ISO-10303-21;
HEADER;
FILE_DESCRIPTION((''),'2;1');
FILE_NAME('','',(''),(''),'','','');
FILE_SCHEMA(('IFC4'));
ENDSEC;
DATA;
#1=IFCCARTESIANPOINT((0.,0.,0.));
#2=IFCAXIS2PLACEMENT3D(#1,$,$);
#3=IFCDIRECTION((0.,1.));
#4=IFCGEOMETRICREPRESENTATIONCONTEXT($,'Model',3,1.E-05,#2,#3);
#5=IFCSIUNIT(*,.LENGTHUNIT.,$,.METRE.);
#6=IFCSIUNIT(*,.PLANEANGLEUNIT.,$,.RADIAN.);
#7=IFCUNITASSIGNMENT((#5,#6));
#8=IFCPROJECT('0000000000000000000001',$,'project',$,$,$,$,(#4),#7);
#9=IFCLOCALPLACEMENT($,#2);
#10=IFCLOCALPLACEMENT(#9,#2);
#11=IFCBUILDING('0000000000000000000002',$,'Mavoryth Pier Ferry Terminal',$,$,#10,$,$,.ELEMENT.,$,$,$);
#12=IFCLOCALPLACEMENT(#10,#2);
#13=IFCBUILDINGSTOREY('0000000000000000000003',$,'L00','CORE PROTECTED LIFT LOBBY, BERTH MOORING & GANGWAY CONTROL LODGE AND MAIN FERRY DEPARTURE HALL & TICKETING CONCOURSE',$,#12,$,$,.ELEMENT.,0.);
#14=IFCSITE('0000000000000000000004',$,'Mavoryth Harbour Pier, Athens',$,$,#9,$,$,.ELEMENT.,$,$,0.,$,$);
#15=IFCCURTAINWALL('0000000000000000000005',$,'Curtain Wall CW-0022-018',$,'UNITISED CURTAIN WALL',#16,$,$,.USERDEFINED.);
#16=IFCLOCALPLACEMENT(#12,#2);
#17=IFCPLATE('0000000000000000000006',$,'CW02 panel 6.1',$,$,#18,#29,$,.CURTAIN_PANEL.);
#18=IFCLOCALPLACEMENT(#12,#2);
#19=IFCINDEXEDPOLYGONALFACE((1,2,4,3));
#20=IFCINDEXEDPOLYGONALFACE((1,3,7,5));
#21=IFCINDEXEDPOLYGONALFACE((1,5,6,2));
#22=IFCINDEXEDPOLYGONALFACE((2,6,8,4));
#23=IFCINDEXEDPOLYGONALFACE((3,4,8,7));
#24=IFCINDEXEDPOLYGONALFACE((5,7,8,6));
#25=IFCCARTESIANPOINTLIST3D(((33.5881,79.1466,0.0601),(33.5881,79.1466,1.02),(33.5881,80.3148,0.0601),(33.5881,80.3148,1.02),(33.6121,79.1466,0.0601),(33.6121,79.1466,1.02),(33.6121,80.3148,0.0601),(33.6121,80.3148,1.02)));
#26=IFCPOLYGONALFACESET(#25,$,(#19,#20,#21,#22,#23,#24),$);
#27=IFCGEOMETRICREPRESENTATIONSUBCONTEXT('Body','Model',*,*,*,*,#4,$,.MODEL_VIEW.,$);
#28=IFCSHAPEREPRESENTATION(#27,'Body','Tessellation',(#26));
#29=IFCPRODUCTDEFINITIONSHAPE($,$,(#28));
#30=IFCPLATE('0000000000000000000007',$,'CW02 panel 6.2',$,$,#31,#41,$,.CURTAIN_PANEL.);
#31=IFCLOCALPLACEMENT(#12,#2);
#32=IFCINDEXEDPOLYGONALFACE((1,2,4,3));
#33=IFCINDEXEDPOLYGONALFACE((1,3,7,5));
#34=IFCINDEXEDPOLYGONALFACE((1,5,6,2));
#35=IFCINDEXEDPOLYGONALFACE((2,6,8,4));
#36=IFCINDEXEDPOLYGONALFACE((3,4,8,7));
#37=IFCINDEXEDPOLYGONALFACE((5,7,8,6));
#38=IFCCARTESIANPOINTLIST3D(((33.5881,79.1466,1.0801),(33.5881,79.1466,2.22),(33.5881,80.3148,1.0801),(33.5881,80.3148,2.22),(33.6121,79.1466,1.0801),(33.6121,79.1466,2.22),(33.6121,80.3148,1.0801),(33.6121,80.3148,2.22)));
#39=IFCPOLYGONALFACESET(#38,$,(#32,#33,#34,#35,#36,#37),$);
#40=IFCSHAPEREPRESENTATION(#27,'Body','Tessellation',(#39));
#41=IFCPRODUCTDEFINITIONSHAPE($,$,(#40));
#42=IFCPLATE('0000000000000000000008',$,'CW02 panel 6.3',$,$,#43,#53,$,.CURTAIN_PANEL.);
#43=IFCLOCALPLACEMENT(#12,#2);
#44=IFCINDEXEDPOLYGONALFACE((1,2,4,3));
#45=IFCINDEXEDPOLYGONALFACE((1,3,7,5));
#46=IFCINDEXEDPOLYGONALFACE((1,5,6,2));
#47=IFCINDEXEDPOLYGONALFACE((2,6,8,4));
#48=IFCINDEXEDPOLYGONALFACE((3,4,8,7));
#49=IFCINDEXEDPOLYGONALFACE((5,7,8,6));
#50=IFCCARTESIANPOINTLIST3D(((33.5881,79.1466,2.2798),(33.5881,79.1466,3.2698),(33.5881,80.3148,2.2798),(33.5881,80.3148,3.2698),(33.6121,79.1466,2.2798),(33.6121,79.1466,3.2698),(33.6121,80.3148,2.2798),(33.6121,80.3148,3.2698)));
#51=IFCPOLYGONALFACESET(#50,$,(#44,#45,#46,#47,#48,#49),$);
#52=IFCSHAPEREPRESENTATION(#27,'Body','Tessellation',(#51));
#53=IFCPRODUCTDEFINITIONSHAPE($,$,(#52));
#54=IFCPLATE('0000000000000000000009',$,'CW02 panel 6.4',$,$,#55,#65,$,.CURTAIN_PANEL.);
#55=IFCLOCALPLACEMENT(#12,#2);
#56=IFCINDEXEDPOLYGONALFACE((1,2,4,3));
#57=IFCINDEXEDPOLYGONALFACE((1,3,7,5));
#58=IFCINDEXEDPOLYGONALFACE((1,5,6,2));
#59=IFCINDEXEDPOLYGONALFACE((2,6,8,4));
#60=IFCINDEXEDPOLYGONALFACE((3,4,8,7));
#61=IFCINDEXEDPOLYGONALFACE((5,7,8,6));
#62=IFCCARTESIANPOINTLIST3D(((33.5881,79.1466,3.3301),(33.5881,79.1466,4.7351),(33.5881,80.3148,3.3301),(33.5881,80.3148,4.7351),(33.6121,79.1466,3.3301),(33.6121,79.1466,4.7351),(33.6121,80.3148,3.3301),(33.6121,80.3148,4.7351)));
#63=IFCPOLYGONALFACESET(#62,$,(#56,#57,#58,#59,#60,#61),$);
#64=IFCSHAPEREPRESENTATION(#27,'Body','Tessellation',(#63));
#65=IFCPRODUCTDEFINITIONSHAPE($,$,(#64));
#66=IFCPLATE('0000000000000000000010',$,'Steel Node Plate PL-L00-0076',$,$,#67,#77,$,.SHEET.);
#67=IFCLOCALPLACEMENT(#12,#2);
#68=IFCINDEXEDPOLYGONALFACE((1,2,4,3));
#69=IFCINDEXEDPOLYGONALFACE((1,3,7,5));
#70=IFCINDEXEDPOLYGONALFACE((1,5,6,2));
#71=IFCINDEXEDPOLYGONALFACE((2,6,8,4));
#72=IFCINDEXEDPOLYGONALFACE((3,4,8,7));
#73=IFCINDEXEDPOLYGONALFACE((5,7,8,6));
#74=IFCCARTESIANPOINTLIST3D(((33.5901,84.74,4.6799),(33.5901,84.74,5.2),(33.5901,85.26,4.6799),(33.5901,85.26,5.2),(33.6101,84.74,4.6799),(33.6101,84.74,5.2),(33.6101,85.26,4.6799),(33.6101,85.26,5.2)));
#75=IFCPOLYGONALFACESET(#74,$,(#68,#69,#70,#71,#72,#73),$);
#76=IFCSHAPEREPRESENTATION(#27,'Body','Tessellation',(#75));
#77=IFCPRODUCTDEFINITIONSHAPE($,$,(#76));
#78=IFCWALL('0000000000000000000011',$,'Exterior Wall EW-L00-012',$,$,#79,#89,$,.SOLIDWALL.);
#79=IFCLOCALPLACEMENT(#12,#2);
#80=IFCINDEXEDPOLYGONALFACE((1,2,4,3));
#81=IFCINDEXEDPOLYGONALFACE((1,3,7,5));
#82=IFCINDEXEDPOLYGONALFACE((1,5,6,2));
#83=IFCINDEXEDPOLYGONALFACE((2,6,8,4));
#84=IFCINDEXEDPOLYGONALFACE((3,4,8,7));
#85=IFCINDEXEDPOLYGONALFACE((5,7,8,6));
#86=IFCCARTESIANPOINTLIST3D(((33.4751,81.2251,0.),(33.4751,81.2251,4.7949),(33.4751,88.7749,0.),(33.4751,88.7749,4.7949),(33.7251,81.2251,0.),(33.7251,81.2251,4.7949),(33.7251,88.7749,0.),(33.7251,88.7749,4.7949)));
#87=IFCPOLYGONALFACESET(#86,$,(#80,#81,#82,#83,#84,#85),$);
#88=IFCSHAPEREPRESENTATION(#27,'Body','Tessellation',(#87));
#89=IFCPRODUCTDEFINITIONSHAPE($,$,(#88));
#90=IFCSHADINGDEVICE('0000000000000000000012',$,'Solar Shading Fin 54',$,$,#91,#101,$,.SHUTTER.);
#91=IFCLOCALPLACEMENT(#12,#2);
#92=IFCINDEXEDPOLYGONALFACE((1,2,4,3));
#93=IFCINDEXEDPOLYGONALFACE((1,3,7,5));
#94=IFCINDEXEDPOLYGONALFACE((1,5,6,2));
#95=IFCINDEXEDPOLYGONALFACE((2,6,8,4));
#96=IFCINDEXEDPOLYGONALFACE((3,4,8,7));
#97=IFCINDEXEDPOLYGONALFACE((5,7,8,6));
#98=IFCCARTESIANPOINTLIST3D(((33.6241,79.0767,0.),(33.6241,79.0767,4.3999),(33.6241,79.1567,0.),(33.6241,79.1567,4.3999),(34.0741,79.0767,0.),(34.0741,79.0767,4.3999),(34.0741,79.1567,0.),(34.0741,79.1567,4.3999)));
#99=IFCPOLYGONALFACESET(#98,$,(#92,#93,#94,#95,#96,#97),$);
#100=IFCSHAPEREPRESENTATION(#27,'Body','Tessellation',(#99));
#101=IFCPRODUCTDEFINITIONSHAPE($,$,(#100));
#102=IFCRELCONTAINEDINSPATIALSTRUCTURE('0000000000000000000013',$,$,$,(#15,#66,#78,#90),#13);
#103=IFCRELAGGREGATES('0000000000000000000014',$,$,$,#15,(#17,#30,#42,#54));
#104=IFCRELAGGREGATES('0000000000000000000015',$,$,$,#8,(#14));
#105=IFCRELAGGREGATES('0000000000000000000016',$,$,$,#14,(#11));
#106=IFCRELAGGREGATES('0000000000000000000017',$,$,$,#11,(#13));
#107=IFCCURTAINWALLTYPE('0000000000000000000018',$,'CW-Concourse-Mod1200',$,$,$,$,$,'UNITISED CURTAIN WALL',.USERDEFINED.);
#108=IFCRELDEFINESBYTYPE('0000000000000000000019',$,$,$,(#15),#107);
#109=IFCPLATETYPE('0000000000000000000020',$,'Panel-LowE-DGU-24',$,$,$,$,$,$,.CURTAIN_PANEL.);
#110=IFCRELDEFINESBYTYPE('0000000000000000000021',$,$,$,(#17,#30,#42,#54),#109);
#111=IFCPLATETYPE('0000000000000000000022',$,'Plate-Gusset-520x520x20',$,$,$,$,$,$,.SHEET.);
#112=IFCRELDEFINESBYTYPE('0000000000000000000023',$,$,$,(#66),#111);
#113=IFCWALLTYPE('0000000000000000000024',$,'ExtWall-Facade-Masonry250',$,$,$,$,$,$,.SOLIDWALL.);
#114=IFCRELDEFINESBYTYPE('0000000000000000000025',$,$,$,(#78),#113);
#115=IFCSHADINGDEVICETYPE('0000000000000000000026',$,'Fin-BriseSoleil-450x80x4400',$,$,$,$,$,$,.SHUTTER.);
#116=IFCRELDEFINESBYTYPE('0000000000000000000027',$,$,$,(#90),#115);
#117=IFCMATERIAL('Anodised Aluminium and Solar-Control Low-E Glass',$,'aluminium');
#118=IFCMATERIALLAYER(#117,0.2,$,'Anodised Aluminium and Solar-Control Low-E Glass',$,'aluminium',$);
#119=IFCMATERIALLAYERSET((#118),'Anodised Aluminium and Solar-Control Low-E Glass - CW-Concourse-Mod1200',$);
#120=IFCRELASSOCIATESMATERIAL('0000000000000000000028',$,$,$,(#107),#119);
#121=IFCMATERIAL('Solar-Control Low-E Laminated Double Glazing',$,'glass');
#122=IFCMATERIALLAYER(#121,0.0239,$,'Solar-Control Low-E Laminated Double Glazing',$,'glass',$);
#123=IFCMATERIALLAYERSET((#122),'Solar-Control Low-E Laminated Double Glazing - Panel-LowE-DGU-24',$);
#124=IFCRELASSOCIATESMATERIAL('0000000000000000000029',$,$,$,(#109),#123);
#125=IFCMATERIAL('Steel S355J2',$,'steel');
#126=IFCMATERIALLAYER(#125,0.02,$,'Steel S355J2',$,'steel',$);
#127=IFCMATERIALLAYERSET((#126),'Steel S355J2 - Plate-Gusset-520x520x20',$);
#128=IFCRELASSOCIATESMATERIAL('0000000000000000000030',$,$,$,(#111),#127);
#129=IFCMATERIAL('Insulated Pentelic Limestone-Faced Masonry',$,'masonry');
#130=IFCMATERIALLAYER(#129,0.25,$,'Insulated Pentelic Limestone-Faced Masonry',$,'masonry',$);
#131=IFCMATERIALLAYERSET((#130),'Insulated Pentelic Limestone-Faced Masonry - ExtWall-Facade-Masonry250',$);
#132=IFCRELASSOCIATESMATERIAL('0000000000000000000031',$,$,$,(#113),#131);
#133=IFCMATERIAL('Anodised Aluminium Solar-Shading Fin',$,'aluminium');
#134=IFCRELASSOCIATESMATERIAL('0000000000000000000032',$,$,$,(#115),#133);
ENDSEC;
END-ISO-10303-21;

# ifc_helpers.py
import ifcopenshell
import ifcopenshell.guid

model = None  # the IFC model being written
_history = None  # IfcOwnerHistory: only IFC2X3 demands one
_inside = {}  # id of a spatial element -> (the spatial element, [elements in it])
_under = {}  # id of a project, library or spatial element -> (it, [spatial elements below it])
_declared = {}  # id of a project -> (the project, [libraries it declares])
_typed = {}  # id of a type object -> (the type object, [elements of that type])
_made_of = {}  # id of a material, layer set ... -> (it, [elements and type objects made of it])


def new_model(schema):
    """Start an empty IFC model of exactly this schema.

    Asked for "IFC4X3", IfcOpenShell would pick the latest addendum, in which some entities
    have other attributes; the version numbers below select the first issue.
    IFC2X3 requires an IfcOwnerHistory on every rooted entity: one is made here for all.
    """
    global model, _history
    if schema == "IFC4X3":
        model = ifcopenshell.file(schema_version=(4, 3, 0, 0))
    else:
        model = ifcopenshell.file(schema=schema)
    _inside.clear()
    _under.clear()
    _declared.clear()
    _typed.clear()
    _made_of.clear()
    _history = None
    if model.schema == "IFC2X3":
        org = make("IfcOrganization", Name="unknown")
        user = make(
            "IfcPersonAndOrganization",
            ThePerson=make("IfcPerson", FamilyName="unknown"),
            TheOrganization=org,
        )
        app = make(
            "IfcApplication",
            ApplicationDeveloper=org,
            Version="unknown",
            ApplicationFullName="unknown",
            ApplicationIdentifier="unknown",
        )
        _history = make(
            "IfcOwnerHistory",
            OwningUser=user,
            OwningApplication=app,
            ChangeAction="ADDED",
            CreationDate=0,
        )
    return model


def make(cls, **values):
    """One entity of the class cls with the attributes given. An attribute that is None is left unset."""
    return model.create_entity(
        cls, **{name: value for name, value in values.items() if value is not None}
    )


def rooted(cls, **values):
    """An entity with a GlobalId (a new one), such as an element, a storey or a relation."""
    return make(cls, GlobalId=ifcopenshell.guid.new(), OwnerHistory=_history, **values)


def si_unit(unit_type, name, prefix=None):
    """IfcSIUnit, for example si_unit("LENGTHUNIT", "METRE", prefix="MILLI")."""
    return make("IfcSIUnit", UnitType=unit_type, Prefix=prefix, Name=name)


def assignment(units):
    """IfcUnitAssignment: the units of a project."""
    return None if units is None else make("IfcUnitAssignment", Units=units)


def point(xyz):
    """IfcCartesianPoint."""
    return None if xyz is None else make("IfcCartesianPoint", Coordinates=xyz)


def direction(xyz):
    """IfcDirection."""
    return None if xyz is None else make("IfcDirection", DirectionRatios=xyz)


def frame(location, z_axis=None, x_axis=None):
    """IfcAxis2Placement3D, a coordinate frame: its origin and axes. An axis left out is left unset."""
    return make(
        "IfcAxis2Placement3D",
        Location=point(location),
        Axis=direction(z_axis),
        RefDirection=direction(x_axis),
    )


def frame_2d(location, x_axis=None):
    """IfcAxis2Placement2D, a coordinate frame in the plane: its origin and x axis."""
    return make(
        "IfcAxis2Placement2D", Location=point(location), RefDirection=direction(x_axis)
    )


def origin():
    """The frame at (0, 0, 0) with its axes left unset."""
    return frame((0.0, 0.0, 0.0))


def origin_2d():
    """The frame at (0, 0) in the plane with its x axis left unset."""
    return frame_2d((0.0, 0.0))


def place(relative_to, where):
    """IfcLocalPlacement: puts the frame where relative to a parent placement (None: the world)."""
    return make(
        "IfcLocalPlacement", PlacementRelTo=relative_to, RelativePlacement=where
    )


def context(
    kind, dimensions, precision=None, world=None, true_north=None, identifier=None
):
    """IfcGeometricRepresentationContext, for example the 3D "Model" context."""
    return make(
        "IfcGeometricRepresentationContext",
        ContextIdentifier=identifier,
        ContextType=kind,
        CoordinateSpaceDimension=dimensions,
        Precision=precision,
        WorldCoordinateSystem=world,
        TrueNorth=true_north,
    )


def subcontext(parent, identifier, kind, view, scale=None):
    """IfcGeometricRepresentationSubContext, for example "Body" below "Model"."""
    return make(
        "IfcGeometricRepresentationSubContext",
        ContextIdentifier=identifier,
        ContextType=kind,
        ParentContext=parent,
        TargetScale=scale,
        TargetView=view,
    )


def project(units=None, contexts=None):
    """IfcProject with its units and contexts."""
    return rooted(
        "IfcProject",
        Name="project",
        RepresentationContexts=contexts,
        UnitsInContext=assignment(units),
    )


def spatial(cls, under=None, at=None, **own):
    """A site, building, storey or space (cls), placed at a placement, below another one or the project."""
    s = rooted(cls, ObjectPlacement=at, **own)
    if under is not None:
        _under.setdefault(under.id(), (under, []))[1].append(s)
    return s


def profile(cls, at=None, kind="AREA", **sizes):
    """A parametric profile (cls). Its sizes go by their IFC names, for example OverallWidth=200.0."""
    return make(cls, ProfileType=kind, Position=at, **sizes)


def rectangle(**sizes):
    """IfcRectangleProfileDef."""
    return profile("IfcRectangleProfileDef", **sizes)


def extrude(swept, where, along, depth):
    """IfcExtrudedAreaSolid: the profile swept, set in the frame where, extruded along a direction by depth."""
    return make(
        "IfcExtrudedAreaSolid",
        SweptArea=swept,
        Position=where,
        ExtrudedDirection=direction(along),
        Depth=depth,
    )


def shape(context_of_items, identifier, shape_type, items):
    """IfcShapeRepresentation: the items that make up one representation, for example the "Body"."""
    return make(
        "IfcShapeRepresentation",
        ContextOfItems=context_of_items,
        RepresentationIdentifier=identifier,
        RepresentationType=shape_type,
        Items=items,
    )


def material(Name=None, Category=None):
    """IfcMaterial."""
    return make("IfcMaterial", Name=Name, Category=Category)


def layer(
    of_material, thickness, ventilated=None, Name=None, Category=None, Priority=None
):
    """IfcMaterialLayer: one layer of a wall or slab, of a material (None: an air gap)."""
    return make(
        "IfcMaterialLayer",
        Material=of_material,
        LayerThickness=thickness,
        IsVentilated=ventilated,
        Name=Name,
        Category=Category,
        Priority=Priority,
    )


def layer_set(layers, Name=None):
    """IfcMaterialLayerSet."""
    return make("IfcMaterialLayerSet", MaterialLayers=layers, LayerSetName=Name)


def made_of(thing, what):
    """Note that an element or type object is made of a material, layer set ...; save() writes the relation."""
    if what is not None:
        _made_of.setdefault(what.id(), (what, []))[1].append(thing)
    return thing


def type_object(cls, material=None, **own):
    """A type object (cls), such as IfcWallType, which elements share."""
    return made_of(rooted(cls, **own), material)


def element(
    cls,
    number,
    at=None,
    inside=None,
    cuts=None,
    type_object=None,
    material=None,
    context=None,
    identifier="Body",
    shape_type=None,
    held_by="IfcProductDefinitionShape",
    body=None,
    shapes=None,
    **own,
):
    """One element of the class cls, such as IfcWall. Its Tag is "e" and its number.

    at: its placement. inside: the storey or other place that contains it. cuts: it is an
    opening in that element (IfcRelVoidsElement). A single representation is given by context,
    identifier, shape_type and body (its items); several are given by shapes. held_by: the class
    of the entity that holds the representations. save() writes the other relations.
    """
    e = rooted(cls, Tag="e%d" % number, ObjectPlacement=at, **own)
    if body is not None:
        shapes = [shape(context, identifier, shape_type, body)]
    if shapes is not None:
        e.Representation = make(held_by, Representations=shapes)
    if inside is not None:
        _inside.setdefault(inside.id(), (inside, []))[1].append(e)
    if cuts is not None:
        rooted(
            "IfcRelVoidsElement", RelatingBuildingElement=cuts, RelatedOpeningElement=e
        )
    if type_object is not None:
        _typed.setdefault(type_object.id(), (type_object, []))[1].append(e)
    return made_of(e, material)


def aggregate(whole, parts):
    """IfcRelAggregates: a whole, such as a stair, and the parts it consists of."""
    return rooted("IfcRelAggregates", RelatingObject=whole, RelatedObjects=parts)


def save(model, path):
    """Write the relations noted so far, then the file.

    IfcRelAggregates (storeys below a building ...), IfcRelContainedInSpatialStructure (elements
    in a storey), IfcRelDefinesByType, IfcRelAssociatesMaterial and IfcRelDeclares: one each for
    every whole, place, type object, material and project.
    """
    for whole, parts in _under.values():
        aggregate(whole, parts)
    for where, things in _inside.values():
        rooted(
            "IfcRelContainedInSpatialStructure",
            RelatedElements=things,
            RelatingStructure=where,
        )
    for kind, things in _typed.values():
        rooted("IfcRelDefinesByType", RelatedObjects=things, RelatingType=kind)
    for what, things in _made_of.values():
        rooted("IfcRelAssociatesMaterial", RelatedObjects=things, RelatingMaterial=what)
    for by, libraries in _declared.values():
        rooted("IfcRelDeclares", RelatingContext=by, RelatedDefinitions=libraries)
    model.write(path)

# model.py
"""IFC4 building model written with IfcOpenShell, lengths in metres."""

from ifc_helpers import new_model, si_unit, direction, frame, frame_2d, origin, origin_2d, place, context, subcontext, project, spatial, rectangle, extrude, material, layer, layer_set, type_object, element, aggregate, save


model = new_model("IFC4")

# Units and contexts
model_context = context("Model", 3, precision=1e-05, world=origin(), true_north=direction((0.0, 1.0)))
body_context = subcontext(model_context, "Body", "Model", "MODEL_VIEW")
ifc_project = project(units=[si_unit("LENGTHUNIT", "METRE"), si_unit("PLANEANGLEUNIT", "RADIAN")], contexts=[model_context])

# Site, building, storey
site_placement = place(None, origin())
site = spatial("IfcSite", under=ifc_project, at=site_placement, Name="Mavoryth Harbour Pier, Athens", CompositionType="ELEMENT", RefElevation=0.0)
building_placement = place(site_placement, origin())
building = spatial("IfcBuilding", under=site, at=building_placement, Name="Mavoryth Pier Ferry Terminal", CompositionType="ELEMENT")
storey_placement = place(building_placement, origin())
storey = spatial("IfcBuildingStorey", under=building, at=storey_placement, Name="L00", Description="CORE PROTECTED LIFT LOBBY, BERTH MOORING & GANGWAY CONTROL LODGE AND MAIN FERRY DEPARTURE HALL & TICKETING CONCOURSE", CompositionType="ELEMENT", Elevation=0.0)

# Shared definitions
ifc_material_1 = material(Name="Steel S355J2", Category="steel")

# Curtain wall, plates
ifc_material_2 = material(Name="Anodised Aluminium and Solar-Control Low-E Glass", Category="aluminium")
ifc_layer_1 = layer(ifc_material_2, 0.2, Name="Anodised Aluminium and Solar-Control Low-E Glass", Category="aluminium")
ifc_layer_set_1 = layer_set([ifc_layer_1], Name="Anodised Aluminium and Solar-Control Low-E Glass - CW-Concourse-Mod1200")
curtain_wall_type = type_object("IfcCurtainWallType", Name="CW-Concourse-Mod1200", ElementType="UNITISED CURTAIN WALL", PredefinedType="USERDEFINED", material=ifc_layer_set_1)
curtain_wall_placement = place(storey_placement, origin())
curtain_wall = element("IfcCurtainWall", 1, at=curtain_wall_placement, inside=storey, type_object=curtain_wall_type, Name="Curtain Wall CW-0022-018", ObjectType="UNITISED CURTAIN WALL", PredefinedType="USERDEFINED")
ifc_material_3 = material(Name="Solar-Control Low-E Laminated Double Glazing", Category="glass")
ifc_layer_2 = layer(ifc_material_3, 0.0239, Name="Solar-Control Low-E Laminated Double Glazing", Category="glass")
ifc_layer_set_2 = layer_set([ifc_layer_2], Name="Solar-Control Low-E Laminated Double Glazing - Panel-LowE-DGU-24")
plate_type_1 = type_object("IfcPlateType", Name="Panel-LowE-DGU-24", PredefinedType="CURTAIN_PANEL", material=ifc_layer_set_2)
plate_1_placement = place(storey_placement, frame((33.6001, 79.7307, 0.0601), z_axis=(0.0, 0.0, 1.0), x_axis=(0.0, 1.0, 0.0)))
plate_1 = element("IfcPlate", 2, at=plate_1_placement, type_object=plate_type_1, Name="CW02 panel 6.1", PredefinedType="CURTAIN_PANEL", context=body_context, shape_type="SweptSolid", body=[
    extrude(rectangle(XDim=1.1682, YDim=0.0239, at=origin_2d()), origin(), (0.0, 0.0, 1.0), 0.96),
])
plate_2_placement = place(storey_placement, frame((33.6001, 79.7307, 1.0801), z_axis=(0.0, 0.0, 1.0), x_axis=(0.0, 1.0, 0.0)))
plate_2 = element("IfcPlate", 3, at=plate_2_placement, type_object=plate_type_1, Name="CW02 panel 6.2", PredefinedType="CURTAIN_PANEL", context=body_context, shape_type="SweptSolid", body=[
    extrude(rectangle(XDim=1.1682, YDim=0.0239, at=origin_2d()), origin(), (0.0, 0.0, 1.0), 1.1399),
])
plate_3_placement = place(storey_placement, frame((33.6001, 79.7307, 2.2798), z_axis=(0.0, 0.0, 1.0), x_axis=(0.0, 1.0, 0.0)))
plate_3 = element("IfcPlate", 4, at=plate_3_placement, type_object=plate_type_1, Name="CW02 panel 6.3", PredefinedType="CURTAIN_PANEL", context=body_context, shape_type="SweptSolid", body=[
    extrude(rectangle(XDim=1.1682, YDim=0.0239, at=origin_2d()), origin(), (0.0, 0.0, 1.0), 0.99),
])
plate_4_placement = place(storey_placement, frame((33.6001, 79.7307, 3.3301), z_axis=(0.0, 0.0, 1.0), x_axis=(0.0, 1.0, 0.0)))
plate_4 = element("IfcPlate", 5, at=plate_4_placement, type_object=plate_type_1, Name="CW02 panel 6.4", PredefinedType="CURTAIN_PANEL", context=body_context, shape_type="SweptSolid", body=[
    extrude(rectangle(XDim=1.1682, YDim=0.0239, at=origin_2d()), origin(), (0.0, 0.0, 1.0), 1.405),
])
aggregate(curtain_wall, [plate_1, plate_2, plate_3, plate_4])

# Plate
ifc_layer_3 = layer(ifc_material_1, 0.02, Name="Steel S355J2", Category="steel")
ifc_layer_set_3 = layer_set([ifc_layer_3], Name="Steel S355J2 - Plate-Gusset-520x520x20")
plate_type_2 = type_object("IfcPlateType", Name="Plate-Gusset-520x520x20", PredefinedType="SHEET", material=ifc_layer_set_3)
plate_5_placement = place(storey_placement, frame((33.6001, 85.0, 4.6799), z_axis=(0.0, 0.0, 1.0), x_axis=(0.0, 1.0, 0.0)))
element("IfcPlate", 6, at=plate_5_placement, inside=storey, type_object=plate_type_2, Name="Steel Node Plate PL-L00-0076", PredefinedType="SHEET", context=body_context, shape_type="SweptSolid", body=[
    extrude(rectangle(XDim=0.52, YDim=0.02, at=origin_2d()), origin(), (0.0, 0.0, 1.0), 0.52),
])

# Wall
ifc_material_4 = material(Name="Insulated Pentelic Limestone-Faced Masonry", Category="masonry")
ifc_layer_4 = layer(ifc_material_4, 0.25, Name="Insulated Pentelic Limestone-Faced Masonry", Category="masonry")
ifc_layer_set_4 = layer_set([ifc_layer_4], Name="Insulated Pentelic Limestone-Faced Masonry - ExtWall-Facade-Masonry250")
wall_type = type_object("IfcWallType", Name="ExtWall-Facade-Masonry250", PredefinedType="SOLIDWALL", material=ifc_layer_set_4)
wall_placement = place(storey_placement, frame((33.6001, 81.2251, 0.0), z_axis=(0.0, 0.0, 1.0), x_axis=(0.0, 1.0, 0.0)))
element("IfcWall", 7, at=wall_placement, inside=storey, type_object=wall_type, Name="Exterior Wall EW-L00-012", PredefinedType="SOLIDWALL", context=body_context, shape_type="SweptSolid", body=[
    extrude(rectangle(XDim=7.5498, YDim=0.25, at=frame_2d((3.7749, 0.0))), origin(), (0.0, 0.0, 1.0), 4.7949),
])

# Shading device
ifc_material_5 = material(Name="Anodised Aluminium Solar-Shading Fin", Category="aluminium")
shading_device_type = type_object("IfcShadingDeviceType", Name="Fin-BriseSoleil-450x80x4400", PredefinedType="SHUTTER", material=ifc_material_5)
shading_device_placement = place(storey_placement, frame((33.8491, 79.1167, 0.0), z_axis=(0.0, 0.0, 1.0), x_axis=(0.0, 1.0, 0.0)))
element("IfcShadingDevice", 8, at=shading_device_placement, inside=storey, type_object=shading_device_type, Name="Solar Shading Fin 54", PredefinedType="SHUTTER", context=body_context, shape_type="SweptSolid", body=[
    extrude(rectangle(XDim=0.0801, YDim=0.45, at=origin_2d()), origin(), (0.0, 0.0, 1.0), 4.3999),
])

save(model, "model.ifc")
